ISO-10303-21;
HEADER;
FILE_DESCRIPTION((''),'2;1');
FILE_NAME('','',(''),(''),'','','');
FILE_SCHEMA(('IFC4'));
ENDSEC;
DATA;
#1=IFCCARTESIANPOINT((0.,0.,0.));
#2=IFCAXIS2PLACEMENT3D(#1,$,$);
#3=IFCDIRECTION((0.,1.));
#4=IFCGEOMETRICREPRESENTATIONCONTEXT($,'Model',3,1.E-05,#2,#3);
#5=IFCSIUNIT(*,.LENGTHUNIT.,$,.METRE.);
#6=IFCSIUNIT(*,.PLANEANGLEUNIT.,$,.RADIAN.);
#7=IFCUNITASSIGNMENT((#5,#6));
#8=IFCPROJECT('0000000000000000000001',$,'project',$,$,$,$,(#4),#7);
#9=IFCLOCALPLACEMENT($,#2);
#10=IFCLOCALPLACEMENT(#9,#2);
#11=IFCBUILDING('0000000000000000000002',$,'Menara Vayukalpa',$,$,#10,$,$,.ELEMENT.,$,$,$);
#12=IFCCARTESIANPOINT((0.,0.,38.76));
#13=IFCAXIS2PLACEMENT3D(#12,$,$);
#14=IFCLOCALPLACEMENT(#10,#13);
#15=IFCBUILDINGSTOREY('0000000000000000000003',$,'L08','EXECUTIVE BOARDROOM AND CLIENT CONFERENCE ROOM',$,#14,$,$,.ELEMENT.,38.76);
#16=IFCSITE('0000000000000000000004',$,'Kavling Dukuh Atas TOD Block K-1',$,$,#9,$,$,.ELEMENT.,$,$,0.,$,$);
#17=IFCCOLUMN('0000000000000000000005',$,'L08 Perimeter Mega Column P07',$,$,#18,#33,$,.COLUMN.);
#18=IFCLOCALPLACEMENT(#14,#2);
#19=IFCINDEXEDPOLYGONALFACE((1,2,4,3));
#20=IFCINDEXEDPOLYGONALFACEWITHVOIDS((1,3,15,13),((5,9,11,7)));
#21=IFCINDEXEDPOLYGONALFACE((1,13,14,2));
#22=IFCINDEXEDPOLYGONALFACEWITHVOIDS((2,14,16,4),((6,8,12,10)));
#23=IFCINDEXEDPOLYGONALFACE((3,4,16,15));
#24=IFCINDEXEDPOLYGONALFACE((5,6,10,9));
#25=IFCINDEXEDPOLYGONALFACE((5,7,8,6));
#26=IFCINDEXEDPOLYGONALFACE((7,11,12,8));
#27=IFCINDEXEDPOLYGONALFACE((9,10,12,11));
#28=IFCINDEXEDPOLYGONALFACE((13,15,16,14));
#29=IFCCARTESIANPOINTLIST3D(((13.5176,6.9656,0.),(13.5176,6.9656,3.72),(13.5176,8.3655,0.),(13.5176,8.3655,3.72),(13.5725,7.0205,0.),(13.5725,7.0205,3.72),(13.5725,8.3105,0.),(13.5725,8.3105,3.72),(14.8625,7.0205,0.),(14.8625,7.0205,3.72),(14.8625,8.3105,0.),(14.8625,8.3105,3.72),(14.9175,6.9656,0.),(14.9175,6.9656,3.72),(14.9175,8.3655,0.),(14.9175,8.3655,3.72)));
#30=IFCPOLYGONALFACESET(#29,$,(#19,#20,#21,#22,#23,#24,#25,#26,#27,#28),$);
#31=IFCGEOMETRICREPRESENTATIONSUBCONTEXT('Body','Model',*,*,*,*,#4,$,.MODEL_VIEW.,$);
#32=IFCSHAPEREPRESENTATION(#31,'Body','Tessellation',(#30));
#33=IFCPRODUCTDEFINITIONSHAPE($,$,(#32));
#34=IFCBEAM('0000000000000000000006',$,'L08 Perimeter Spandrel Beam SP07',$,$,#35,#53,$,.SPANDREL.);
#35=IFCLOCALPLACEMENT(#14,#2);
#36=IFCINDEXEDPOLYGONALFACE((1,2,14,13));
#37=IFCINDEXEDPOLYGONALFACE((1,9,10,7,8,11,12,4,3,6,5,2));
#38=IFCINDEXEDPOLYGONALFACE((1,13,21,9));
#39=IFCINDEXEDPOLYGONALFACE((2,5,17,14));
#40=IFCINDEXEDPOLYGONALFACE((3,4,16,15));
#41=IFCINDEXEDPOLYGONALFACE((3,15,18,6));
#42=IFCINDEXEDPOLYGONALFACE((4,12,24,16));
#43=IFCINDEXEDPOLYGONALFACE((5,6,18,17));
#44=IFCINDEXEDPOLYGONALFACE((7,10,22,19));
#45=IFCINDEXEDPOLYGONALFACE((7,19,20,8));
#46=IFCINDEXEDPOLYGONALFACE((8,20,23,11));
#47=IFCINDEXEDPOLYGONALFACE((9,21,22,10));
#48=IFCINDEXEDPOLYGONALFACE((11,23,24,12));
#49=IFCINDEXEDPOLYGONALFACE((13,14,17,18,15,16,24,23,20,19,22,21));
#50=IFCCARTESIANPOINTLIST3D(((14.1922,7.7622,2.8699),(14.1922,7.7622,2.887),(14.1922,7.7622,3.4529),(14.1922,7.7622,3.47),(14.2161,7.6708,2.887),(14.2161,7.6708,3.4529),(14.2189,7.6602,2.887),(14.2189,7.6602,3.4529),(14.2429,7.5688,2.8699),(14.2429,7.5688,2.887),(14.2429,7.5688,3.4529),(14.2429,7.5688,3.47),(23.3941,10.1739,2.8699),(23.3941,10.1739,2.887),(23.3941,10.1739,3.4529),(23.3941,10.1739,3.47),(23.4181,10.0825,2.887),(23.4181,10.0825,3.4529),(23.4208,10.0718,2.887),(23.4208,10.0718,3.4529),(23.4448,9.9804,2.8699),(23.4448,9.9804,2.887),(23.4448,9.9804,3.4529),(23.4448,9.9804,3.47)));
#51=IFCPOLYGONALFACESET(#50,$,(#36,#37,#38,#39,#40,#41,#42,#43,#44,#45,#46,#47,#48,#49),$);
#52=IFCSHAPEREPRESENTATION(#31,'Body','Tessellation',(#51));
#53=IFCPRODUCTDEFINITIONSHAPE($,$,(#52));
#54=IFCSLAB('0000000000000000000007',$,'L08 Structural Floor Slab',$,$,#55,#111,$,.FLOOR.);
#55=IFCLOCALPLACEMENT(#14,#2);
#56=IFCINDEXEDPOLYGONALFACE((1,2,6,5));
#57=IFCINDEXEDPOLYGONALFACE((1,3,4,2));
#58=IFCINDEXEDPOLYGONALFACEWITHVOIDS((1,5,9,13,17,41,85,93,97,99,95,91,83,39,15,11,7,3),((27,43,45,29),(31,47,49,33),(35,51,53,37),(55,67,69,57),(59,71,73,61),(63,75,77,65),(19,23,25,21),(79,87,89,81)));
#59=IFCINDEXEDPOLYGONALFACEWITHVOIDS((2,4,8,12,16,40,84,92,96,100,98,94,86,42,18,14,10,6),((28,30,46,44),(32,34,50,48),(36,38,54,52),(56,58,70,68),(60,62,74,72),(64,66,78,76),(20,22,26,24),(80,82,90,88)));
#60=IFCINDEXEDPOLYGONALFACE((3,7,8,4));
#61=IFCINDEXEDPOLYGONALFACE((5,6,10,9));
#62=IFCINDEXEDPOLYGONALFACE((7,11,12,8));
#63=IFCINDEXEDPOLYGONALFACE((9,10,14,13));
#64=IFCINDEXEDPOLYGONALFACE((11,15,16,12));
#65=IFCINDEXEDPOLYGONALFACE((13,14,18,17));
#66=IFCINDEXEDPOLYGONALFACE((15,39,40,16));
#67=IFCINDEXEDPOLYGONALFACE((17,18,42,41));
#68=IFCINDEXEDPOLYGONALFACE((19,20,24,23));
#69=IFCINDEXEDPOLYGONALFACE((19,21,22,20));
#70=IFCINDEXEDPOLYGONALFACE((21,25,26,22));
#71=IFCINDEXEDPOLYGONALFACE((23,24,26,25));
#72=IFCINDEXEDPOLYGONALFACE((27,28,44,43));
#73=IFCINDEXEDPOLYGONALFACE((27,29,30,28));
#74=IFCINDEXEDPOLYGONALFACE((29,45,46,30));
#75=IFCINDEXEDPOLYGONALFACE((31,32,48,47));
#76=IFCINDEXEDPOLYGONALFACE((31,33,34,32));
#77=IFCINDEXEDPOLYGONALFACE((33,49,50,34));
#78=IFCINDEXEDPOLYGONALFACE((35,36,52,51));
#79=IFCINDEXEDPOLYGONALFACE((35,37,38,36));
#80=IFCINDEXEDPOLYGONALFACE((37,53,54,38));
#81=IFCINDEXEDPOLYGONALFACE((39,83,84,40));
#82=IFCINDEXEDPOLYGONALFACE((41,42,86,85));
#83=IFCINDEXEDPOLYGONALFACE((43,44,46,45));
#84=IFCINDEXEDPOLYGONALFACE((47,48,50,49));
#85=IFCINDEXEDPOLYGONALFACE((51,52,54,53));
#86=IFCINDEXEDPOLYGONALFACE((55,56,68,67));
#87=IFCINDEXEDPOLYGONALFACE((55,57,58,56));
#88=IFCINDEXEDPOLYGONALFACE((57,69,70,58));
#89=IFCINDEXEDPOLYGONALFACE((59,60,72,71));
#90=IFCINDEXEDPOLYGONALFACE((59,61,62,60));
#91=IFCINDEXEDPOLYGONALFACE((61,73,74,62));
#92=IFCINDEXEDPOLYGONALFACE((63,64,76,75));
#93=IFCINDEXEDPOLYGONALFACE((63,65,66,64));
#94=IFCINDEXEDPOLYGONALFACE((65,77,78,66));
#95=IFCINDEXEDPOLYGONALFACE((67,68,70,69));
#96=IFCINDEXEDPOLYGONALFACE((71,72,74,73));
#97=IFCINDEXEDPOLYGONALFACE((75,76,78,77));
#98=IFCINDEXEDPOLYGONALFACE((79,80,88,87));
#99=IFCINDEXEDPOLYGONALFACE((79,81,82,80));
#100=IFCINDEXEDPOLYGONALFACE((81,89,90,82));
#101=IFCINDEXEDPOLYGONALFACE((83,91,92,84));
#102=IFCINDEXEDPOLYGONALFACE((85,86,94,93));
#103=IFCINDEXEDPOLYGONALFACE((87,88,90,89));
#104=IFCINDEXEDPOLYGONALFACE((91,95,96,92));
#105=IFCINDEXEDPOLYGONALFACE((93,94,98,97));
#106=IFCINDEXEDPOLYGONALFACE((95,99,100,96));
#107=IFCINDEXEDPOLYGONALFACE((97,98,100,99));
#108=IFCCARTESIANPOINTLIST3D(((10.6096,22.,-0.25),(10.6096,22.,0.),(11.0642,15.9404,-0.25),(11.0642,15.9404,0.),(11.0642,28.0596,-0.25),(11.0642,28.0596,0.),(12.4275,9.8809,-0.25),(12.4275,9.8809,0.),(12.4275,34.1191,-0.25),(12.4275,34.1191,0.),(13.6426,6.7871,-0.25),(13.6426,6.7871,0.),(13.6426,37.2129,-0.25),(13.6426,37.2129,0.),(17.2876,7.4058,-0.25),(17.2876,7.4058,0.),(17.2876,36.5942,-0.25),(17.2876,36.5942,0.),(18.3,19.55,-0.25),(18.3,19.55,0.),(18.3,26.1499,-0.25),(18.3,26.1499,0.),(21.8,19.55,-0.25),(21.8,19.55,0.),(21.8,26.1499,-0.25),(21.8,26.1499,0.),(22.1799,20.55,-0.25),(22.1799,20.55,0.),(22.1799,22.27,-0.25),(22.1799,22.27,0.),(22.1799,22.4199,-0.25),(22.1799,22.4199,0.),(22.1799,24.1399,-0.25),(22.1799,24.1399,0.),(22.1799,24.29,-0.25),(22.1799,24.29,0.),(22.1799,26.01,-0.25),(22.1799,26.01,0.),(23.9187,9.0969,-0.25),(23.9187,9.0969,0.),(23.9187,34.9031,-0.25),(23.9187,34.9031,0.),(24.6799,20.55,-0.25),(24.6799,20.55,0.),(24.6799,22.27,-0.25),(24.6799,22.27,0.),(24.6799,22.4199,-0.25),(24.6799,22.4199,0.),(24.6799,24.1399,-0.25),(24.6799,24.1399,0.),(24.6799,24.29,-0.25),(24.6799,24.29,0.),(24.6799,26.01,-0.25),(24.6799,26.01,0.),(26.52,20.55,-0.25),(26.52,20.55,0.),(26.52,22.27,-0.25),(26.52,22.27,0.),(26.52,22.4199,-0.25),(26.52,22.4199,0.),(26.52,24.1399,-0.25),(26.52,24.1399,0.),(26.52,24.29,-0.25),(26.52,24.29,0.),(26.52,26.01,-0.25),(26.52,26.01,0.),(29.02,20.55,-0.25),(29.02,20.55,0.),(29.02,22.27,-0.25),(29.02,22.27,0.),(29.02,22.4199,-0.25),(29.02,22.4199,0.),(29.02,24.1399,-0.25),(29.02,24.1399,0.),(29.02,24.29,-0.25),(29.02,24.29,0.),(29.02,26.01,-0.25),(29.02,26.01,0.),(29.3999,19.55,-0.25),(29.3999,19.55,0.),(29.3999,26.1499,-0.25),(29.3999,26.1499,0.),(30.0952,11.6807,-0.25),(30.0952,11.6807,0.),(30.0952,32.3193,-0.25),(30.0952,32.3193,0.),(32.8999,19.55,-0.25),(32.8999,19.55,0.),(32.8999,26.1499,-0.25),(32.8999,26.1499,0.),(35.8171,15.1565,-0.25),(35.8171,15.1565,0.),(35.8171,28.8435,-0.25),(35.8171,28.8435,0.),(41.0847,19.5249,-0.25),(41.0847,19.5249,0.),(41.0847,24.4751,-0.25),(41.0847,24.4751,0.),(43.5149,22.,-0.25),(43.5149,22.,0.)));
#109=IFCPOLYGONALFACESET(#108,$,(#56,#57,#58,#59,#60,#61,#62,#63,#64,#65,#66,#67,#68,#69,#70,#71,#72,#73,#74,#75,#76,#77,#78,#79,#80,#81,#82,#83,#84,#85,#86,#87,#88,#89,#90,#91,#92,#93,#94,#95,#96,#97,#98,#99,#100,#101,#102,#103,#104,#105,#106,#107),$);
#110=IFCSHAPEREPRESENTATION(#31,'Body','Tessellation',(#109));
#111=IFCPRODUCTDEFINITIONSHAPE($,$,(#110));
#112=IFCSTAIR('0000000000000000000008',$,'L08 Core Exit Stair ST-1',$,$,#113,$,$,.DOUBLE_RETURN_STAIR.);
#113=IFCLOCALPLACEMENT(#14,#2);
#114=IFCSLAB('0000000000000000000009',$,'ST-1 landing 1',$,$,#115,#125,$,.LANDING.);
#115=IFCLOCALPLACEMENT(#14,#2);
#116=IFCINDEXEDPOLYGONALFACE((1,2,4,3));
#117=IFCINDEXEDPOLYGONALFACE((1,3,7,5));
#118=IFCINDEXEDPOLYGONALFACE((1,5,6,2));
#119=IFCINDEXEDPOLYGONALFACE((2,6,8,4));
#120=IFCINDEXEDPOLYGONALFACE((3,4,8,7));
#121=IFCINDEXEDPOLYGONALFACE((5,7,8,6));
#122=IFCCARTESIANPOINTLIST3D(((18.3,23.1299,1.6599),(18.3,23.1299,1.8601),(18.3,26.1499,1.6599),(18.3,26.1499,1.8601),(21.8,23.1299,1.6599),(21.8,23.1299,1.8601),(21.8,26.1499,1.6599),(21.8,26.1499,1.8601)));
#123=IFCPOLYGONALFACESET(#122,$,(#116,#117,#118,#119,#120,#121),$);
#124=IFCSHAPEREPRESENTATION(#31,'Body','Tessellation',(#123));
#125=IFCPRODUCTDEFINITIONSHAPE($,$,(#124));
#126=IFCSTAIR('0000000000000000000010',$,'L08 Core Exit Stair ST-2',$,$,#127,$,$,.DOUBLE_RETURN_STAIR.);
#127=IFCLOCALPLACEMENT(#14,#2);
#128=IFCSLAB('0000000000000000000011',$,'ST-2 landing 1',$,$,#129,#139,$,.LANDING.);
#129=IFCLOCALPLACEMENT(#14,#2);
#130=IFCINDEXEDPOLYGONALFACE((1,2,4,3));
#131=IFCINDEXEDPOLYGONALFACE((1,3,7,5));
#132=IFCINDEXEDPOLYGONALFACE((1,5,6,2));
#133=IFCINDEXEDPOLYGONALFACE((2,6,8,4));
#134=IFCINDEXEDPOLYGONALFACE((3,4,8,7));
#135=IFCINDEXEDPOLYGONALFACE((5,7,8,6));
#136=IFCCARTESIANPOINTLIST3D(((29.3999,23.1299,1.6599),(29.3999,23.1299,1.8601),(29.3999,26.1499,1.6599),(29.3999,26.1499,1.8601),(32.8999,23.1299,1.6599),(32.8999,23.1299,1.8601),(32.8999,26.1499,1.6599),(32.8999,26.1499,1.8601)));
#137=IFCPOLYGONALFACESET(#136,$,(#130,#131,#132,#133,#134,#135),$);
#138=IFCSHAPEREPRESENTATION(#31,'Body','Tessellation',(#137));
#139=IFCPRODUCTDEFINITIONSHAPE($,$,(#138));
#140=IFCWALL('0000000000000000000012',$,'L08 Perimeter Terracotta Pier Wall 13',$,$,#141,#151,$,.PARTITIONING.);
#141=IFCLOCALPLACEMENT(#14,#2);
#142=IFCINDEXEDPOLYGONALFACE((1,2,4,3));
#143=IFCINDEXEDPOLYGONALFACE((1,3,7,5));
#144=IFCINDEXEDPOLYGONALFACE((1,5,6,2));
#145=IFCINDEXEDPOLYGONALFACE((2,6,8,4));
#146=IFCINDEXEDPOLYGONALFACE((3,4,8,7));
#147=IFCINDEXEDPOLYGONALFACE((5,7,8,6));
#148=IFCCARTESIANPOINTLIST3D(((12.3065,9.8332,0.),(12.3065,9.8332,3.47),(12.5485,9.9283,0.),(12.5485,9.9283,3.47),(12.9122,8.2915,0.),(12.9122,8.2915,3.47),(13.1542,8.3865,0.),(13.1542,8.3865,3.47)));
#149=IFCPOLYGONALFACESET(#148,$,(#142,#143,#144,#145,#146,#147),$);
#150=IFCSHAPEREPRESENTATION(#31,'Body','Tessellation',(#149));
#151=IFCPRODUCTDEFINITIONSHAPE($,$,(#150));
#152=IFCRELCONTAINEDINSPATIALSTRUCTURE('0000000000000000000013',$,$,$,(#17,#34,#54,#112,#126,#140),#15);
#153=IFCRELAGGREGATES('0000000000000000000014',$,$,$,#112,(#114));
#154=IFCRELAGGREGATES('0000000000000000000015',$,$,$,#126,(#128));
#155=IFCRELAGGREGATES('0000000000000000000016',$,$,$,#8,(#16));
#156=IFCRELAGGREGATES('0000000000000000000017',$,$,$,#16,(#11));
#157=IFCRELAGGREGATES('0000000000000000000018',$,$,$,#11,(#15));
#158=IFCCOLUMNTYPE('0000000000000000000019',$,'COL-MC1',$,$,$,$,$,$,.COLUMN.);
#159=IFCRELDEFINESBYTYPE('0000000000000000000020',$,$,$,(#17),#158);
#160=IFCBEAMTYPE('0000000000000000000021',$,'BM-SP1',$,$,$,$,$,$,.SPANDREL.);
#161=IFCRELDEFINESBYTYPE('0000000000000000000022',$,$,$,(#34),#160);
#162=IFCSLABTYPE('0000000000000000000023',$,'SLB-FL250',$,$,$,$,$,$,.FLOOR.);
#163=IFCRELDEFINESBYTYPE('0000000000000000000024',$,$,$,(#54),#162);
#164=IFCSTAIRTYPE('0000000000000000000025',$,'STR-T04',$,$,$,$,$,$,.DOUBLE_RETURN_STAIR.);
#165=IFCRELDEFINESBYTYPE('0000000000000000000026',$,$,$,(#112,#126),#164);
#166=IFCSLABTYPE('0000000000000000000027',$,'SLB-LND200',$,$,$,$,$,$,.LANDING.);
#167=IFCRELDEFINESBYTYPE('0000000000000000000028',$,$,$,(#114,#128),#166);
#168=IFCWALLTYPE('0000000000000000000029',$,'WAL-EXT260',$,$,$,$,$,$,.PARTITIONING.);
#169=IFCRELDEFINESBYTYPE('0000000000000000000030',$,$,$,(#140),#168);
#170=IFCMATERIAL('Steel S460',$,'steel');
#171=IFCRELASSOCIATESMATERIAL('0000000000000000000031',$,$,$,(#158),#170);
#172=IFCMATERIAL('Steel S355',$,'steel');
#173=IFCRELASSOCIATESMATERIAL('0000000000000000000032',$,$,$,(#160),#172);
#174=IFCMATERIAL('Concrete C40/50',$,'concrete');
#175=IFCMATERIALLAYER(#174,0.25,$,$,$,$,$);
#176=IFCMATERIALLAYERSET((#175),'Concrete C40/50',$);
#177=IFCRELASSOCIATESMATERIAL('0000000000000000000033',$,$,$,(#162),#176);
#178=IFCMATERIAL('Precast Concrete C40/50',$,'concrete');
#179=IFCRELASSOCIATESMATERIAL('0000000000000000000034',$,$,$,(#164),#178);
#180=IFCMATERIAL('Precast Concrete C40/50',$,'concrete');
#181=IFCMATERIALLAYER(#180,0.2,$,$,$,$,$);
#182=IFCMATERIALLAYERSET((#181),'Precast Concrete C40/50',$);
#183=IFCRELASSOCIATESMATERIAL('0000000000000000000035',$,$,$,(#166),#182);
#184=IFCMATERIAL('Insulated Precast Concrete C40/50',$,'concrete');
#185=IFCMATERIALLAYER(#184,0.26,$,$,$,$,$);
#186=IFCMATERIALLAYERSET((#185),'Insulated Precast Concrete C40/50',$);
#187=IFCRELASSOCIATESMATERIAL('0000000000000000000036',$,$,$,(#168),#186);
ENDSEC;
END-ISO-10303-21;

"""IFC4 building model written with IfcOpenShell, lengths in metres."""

from ifc_helpers import new_model, si_unit, direction, frame, frame_2d, origin, origin_2d, place, context, subcontext, project, spatial, polyline, rectangle, hollow_rectangle, i_section, outline, extrude, material, layer, layer_set, material_profile, profile_set, type_object, element, aggregate, save


model = new_model("IFC4")

# Units and contexts
model_context = context("Model", 3, precision=1e-05, world=origin(), true_north=direction((0.0, 1.0)))
body_context = subcontext(model_context, "Body", "Model", "MODEL_VIEW")
ifc_project = project(units=[si_unit("LENGTHUNIT", "METRE"), si_unit("PLANEANGLEUNIT", "RADIAN")], contexts=[model_context])

# Site, building, storey
site_placement = place(None, origin())
site = spatial("IfcSite", under=ifc_project, at=site_placement, Name="Kavling Dukuh Atas TOD Block K-1", CompositionType="ELEMENT", RefElevation=0.0)
building_placement = place(site_placement, origin())
building = spatial("IfcBuilding", under=site, at=building_placement, Name="Menara Vayukalpa", CompositionType="ELEMENT")
storey_placement = place(building_placement, frame((0.0, 0.0, 38.76)))
storey = spatial("IfcBuildingStorey", under=building, at=storey_placement, Name="L08", Description="EXECUTIVE BOARDROOM AND CLIENT CONFERENCE ROOM", CompositionType="ELEMENT", Elevation=38.76)

# Column
ifc_material_1 = material(Name="Steel S460", Category="steel")
ifc_material_profile_1 = material_profile(ifc_material_1, hollow_rectangle(XDim=1.3999, YDim=1.3999, WallThickness=0.0549, at=origin_2d()), Name="BOX 1400x1400x55")
ifc_profile_set_1 = profile_set([ifc_material_profile_1], Name="Steel S460")
column_type = type_object("IfcColumnType", Name="COL-MC1", PredefinedType="COLUMN", material=ifc_profile_set_1)
column_placement = place(storey_placement, frame((14.2175, 7.6655, 0.0), z_axis=(0.0, 0.0, 1.0), x_axis=(1.0, 0.0, 0.0)))
element("IfcColumn", 1, at=column_placement, inside=storey, type_object=column_type, Name="L08 Perimeter Mega Column P07", PredefinedType="COLUMN", context=body_context, shape_type="SweptSolid", body=[
    extrude(hollow_rectangle(XDim=1.3999, YDim=1.3999, WallThickness=0.0549, at=origin_2d()), origin(), (0.0, 0.0, 1.0), 3.72),
])

# Beam
ifc_material_2 = material(Name="Steel S355", Category="steel")
ifc_material_profile_2 = material_profile(ifc_material_2, i_section(OverallWidth=0.2, OverallDepth=0.6001, WebThickness=0.011, FlangeThickness=0.0171, at=origin_2d()), Name="WF 600x200x11x17")
ifc_profile_set_2 = profile_set([ifc_material_profile_2], Name="Steel S355")
beam_type = type_object("IfcBeamType", Name="BM-SP1", PredefinedType="SPANDREL", material=ifc_profile_set_2)
beam_placement = place(storey_placement, frame((14.2175, 7.6655, 3.1699), z_axis=(0.967331, 0.253517, 0.0), x_axis=(-0.253517, 0.967331, 0.0)))
element("IfcBeam", 2, at=beam_placement, inside=storey, type_object=beam_type, Name="L08 Perimeter Spandrel Beam SP07", PredefinedType="SPANDREL", context=body_context, shape_type="SweptSolid", body=[
    extrude(i_section(OverallWidth=0.2, OverallDepth=0.6001, WebThickness=0.011, FlangeThickness=0.0171, at=origin_2d()), origin(), (0.0, 0.0, 1.0), 9.5127),
])

# Slab
ifc_material_3 = material(Name="Concrete C40/50", Category="concrete")
ifc_layer_1 = layer(ifc_material_3, 0.25)
ifc_layer_set_1 = layer_set([ifc_layer_1], Name="Concrete C40/50")
slab_type_1 = type_object("IfcSlabType", Name="SLB-FL250", PredefinedType="FLOOR", material=ifc_layer_set_1)
slab_1_placement = place(storey_placement, frame((0.0, 0.0, -0.25)))
element("IfcSlab", 3, at=slab_1_placement, inside=storey, type_object=slab_type_1, Name="L08 Structural Floor Slab", PredefinedType="FLOOR", context=body_context, shape_type="SweptSolid", body=[
    extrude(outline(polyline([(41.0847, 19.5249), (43.5149, 22.0), (41.0847, 24.4751), (35.8171, 28.8435), (30.0952, 32.3193), (23.9187, 34.9031), (17.2876, 36.5942), (13.6426, 37.2129), (12.4275, 34.1191), (11.0642, 28.0596), (10.6096, 22.0), (11.0642, 15.9404), (12.4275, 9.8809), (13.6426, 6.7871), (17.2876, 7.4058), (23.9187, 9.0969), (30.0952, 11.6807), (35.8171, 15.1565), (41.0847, 19.5249)]), holes=[polyline([(21.8, 19.55), (21.8, 26.1499), (18.3, 26.1499), (18.3, 19.55), (21.8, 19.55)]), polyline([(32.8999, 19.55), (32.8999, 26.1499), (29.3999, 26.1499), (29.3999, 19.55), (32.8999, 19.55)]), polyline([(22.1799, 20.55), (24.6799, 20.55), (24.6799, 22.27), (22.1799, 22.27), (22.1799, 20.55)]), polyline([(26.52, 20.55), (29.02, 20.55), (29.02, 22.27), (26.52, 22.27), (26.52, 20.55)]), polyline([(22.1799, 22.4199), (24.6799, 22.4199), (24.6799, 24.1399), (22.1799, 24.1399), (22.1799, 22.4199)]), polyline([(22.1799, 24.29), (24.6799, 24.29), (24.6799, 26.01), (22.1799, 26.01), (22.1799, 24.29)]), polyline([(26.52, 24.29), (29.02, 24.29), (29.02, 26.01), (26.52, 26.01), (26.52, 24.29)]), polyline([(26.52, 22.4199), (29.02, 22.4199), (29.02, 24.1399), (26.52, 24.1399), (26.52, 22.4199)])]), origin(), (0.0, 0.0, 1.0), 0.25),
])

# Stairs, slabs
ifc_material_4 = material(Name="Precast Concrete C40/50", Category="concrete")
stair_type = type_object("IfcStairType", Name="STR-T04", PredefinedType="DOUBLE_RETURN_STAIR", material=ifc_material_4)
stair_1_placement = place(storey_placement, origin())
stair_1 = element("IfcStair", 4, at=stair_1_placement, inside=storey, type_object=stair_type, Name="L08 Core Exit Stair ST-1", PredefinedType="DOUBLE_RETURN_STAIR")
ifc_material_5 = material(Name="Precast Concrete C40/50", Category="concrete")
ifc_layer_2 = layer(ifc_material_5, 0.2)
ifc_layer_set_2 = layer_set([ifc_layer_2], Name="Precast Concrete C40/50")
slab_type_2 = type_object("IfcSlabType", Name="SLB-LND200", PredefinedType="LANDING", material=ifc_layer_set_2)
slab_2_placement = place(storey_placement, frame((0.0, 0.0, 1.6599)))
slab_2 = element("IfcSlab", 5, at=slab_2_placement, type_object=slab_type_2, Name="ST-1 landing 1", PredefinedType="LANDING", context=body_context, shape_type="SweptSolid", body=[
    extrude(outline(polyline([(21.8, 23.1299), (21.8, 26.1499), (18.3, 26.1499), (18.3, 23.1299), (21.8, 23.1299)])), origin(), (0.0, 0.0, 1.0), 0.2002),
])
aggregate(stair_1, [slab_2])
stair_2_placement = place(storey_placement, origin())
stair_2 = element("IfcStair", 6, at=stair_2_placement, inside=storey, type_object=stair_type, Name="L08 Core Exit Stair ST-2", PredefinedType="DOUBLE_RETURN_STAIR")
slab_3_placement = place(storey_placement, frame((0.0, 0.0, 1.6599)))
slab_3 = element("IfcSlab", 7, at=slab_3_placement, type_object=slab_type_2, Name="ST-2 landing 1", PredefinedType="LANDING", context=body_context, shape_type="SweptSolid", body=[
    extrude(outline(polyline([(32.8999, 23.1299), (32.8999, 26.1499), (29.3999, 26.1499), (29.3999, 23.1299), (32.8999, 23.1299)])), origin(), (0.0, 0.0, 1.0), 0.2002),
])
aggregate(stair_2, [slab_3])

# Wall
ifc_material_6 = material(Name="Insulated Precast Concrete C40/50", Category="concrete")
ifc_layer_3 = layer(ifc_material_6, 0.26)
ifc_layer_set_3 = layer_set([ifc_layer_3], Name="Insulated Precast Concrete C40/50")
wall_type_1 = type_object("IfcWallType", Name="WAL-EXT260", PredefinedType="PARTITIONING", material=ifc_layer_set_3)
wall_1_placement = place(storey_placement, frame((13.0332, 8.3391, 0.0), z_axis=(0.0, 0.0, 1.0), x_axis=(-0.365666, 0.930746, 0.0)))
element("IfcWall", 8, at=wall_1_placement, inside=storey, type_object=wall_type_1, Name="L08 Perimeter Terracotta Pier Wall 13", PredefinedType="PARTITIONING", context=body_context, shape_type="SweptSolid", body=[
    extrude(rectangle(XDim=1.6565, YDim=0.26, at=frame_2d((0.8281, 0.0))), origin(), (0.0, 0.0, 1.0), 3.47),
])

save(model, "model.ifc")
